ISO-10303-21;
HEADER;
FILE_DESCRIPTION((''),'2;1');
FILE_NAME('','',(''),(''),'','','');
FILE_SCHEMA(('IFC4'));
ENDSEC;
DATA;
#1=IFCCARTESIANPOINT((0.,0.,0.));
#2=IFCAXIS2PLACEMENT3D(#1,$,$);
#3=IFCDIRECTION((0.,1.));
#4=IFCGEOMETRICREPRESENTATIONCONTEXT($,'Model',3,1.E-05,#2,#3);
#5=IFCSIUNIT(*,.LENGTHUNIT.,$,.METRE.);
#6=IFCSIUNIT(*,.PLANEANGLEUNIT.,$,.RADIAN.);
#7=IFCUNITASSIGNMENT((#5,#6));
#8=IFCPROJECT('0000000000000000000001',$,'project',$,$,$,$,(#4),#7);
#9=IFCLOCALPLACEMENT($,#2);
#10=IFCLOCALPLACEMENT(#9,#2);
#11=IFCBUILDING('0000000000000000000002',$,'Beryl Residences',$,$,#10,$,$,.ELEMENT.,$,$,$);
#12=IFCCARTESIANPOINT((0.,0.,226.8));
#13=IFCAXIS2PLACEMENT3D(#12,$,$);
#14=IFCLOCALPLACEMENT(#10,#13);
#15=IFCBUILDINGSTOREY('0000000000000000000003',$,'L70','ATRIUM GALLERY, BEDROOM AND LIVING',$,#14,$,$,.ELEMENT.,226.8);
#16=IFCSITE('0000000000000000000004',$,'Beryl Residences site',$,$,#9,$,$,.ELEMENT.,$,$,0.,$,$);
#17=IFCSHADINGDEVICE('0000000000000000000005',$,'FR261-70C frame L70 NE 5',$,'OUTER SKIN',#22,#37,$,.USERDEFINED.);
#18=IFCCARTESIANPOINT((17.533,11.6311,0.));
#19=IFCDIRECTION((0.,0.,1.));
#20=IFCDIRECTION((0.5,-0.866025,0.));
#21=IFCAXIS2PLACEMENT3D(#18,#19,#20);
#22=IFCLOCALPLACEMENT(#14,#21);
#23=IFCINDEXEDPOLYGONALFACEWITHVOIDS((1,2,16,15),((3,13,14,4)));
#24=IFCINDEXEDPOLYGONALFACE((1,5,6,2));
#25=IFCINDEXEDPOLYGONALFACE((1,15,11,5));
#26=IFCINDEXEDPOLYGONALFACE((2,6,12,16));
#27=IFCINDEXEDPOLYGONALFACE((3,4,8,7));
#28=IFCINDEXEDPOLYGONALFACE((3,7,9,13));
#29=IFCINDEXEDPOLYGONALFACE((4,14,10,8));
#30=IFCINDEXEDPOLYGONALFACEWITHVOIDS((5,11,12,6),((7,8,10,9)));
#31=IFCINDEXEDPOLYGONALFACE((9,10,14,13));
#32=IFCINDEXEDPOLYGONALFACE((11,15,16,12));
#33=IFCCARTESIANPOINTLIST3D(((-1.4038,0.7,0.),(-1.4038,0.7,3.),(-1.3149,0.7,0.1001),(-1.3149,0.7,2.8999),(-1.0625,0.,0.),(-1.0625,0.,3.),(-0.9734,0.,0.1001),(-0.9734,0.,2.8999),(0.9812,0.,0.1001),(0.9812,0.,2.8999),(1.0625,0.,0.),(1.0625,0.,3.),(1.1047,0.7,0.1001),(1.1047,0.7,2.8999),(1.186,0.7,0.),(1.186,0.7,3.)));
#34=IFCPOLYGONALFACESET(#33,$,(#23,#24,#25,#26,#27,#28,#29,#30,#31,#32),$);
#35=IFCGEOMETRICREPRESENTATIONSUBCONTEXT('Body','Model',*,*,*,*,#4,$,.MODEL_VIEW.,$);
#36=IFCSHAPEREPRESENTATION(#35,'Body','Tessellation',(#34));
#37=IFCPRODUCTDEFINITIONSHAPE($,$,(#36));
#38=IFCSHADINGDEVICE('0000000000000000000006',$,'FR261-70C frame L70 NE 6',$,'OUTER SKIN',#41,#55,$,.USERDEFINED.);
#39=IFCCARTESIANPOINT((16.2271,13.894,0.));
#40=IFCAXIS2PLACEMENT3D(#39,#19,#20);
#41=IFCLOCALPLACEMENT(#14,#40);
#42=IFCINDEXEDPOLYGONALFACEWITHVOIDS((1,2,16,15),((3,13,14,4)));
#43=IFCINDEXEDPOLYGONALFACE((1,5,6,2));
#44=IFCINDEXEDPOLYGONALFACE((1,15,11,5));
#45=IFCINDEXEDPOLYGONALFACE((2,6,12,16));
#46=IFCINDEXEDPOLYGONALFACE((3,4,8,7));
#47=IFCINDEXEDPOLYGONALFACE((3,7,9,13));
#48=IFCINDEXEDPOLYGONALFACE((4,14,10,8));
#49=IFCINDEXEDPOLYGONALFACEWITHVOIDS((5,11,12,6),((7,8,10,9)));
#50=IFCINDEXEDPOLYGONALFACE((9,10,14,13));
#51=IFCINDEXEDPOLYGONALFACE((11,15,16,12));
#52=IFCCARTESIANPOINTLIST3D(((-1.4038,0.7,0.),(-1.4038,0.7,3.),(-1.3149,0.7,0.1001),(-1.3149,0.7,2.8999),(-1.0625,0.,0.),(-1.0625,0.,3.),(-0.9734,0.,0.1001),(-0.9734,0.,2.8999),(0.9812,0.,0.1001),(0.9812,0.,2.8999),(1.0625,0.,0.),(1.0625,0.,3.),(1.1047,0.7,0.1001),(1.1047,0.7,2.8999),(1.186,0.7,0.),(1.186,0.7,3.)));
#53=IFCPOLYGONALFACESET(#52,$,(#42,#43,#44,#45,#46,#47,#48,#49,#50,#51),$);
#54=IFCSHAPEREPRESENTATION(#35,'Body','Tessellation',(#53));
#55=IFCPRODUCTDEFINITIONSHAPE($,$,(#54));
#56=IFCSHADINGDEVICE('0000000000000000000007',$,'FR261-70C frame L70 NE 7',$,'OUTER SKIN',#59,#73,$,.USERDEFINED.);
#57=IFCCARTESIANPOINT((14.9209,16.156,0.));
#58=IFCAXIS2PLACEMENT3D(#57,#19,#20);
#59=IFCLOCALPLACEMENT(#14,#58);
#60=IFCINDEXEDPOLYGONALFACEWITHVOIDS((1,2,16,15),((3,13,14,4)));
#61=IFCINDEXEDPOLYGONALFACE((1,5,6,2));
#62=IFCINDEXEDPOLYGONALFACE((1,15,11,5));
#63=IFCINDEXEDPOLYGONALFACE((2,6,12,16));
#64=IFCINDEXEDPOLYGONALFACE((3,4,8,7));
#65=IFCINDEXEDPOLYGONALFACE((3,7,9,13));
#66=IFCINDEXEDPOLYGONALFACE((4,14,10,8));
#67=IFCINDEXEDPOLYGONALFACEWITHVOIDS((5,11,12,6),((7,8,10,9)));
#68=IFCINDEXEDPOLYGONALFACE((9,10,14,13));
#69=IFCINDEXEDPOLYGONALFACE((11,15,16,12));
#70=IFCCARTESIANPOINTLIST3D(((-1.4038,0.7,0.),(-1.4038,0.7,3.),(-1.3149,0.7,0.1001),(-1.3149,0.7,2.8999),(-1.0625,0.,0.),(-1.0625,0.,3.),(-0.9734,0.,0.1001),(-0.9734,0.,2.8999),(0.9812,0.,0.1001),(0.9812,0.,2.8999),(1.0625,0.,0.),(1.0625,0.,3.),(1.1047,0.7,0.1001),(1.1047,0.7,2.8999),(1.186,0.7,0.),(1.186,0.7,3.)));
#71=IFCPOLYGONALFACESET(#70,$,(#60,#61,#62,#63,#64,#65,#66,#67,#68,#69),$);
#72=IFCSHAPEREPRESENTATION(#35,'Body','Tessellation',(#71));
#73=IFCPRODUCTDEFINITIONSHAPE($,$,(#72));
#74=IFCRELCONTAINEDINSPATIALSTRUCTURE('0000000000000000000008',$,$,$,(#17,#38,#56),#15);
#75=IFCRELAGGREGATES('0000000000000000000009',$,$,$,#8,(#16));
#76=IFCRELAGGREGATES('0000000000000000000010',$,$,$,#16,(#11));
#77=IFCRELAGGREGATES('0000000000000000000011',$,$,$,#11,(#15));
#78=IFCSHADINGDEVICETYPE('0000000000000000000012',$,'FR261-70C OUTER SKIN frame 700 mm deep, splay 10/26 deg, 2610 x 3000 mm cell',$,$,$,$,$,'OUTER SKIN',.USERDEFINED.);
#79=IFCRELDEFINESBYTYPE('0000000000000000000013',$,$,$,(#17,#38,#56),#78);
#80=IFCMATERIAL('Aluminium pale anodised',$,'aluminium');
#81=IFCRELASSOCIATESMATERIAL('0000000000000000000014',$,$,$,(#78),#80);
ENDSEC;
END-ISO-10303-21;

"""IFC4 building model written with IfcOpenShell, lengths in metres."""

from ifc_helpers import new_model, entity, si_unit, direction, frame, origin, place, context, subcontext, project, spatial, source, transform, mapped, material, type_object, type_shapes, element, save


model = new_model("IFC4")

# Units and contexts
model_context = context("Model", 3, precision=1e-05, world=origin(), true_north=direction((0.0, 1.0)))
body_context = subcontext(model_context, "Body", "Model", "MODEL_VIEW")
ifc_project = project(units=[si_unit("LENGTHUNIT", "METRE"), si_unit("PLANEANGLEUNIT", "RADIAN")], contexts=[model_context])

# Site, building, storey
site_placement = place(None, origin())
site = spatial("IfcSite", under=ifc_project, at=site_placement, Name="Beryl Residences site", CompositionType="ELEMENT", RefElevation=0.0)
building_placement = place(site_placement, origin())
building = spatial("IfcBuilding", under=site, at=building_placement, Name="Beryl Residences", CompositionType="ELEMENT")
storey_placement = place(building_placement, frame((0.0, 0.0, 226.8)))
storey = spatial("IfcBuildingStorey", under=building, at=storey_placement, Name="L70", Description="ATRIUM GALLERY, BEDROOM AND LIVING", CompositionType="ELEMENT", Elevation=226.8)

# Shading devices
ifc_material_1 = material(Name="Aluminium pale anodised", Category="aluminium")
shading_device_type = type_object("IfcShadingDeviceType", Name="FR261-70C OUTER SKIN frame 700 mm deep, splay 10/26 deg, 2610 x 3000 mm cell", ElementType="OUTER SKIN", PredefinedType="USERDEFINED", material=ifc_material_1)
cartesian_point_1 = entity("IfcCartesianPoint", [-1.0625, 0.0])
cartesian_point_2 = entity("IfcCartesianPoint", [-0.9812, 0.1001])
cartesian_point_3 = entity("IfcCartesianPoint", [-1.186, 0.0])
cartesian_point_4 = entity("IfcCartesianPoint", [-1.1047, 0.1001])
shared_shape_1 = source(origin(), body_context, "Body", "SweptSolid", [
    entity("IfcExtrudedAreaSolidTapered", entity("IfcArbitraryProfileDefWithVoids", "AREA", None, entity("IfcPolyline", [cartesian_point_1, entity("IfcCartesianPoint", [1.0625, 0.0]), entity("IfcCartesianPoint", [1.0625, 3.0]), entity("IfcCartesianPoint", [-1.0625, 3.0]), cartesian_point_1]), [entity("IfcPolyline", [cartesian_point_2, entity("IfcCartesianPoint", [0.9734, 0.1001]), entity("IfcCartesianPoint", [0.9734, 2.8999]), entity("IfcCartesianPoint", [-0.9812, 2.8999]), cartesian_point_2])]), entity("IfcAxis2Placement3D", entity("IfcCartesianPoint", [0.0, 0.0, 0.0]), entity("IfcDirection", [0.0, 1.0, 0.0]), entity("IfcDirection", [-1.0, 0.0, 0.0])), entity("IfcDirection", [0.0, 0.0, 1.0]), 0.7, entity("IfcArbitraryProfileDefWithVoids", "AREA", None, entity("IfcPolyline", [cartesian_point_3, entity("IfcCartesianPoint", [1.4038, 0.0]), entity("IfcCartesianPoint", [1.4038, 3.0]), entity("IfcCartesianPoint", [-1.186, 3.0]), cartesian_point_3]), [entity("IfcPolyline", [cartesian_point_4, entity("IfcCartesianPoint", [1.3149, 0.1001]), entity("IfcCartesianPoint", [1.3149, 2.8999]), entity("IfcCartesianPoint", [-1.1047, 2.8999]), cartesian_point_4])])),
])
type_shapes(shading_device_type, [shared_shape_1])
for number, where, z_axis, x_axis, name in (
    (1, (17.533, 11.6311, 0.0), (0.0, 0.0, 1.0), (0.5, -0.866025, 0.0), "FR261-70C frame L70 NE 5"),
    (2, (16.2271, 13.894, 0.0), (0.0, 0.0, 1.0), (0.5, -0.866025, 0.0), "FR261-70C frame L70 NE 6"),
    (3, (14.9209, 16.156, 0.0), (0.0, 0.0, 1.0), (0.5, -0.866025, 0.0), "FR261-70C frame L70 NE 7"),
):
    element("IfcShadingDevice", number, at=place(storey_placement, frame(where, z_axis=z_axis, x_axis=x_axis)), inside=storey, type_object=shading_device_type, Name=name, ObjectType="OUTER SKIN", PredefinedType="USERDEFINED", context=body_context, shape_type="MappedRepresentation", body=[
        mapped(shared_shape_1, transform((0.0, 0.0, 0.0))),
    ])

save(model, "model.ifc")
